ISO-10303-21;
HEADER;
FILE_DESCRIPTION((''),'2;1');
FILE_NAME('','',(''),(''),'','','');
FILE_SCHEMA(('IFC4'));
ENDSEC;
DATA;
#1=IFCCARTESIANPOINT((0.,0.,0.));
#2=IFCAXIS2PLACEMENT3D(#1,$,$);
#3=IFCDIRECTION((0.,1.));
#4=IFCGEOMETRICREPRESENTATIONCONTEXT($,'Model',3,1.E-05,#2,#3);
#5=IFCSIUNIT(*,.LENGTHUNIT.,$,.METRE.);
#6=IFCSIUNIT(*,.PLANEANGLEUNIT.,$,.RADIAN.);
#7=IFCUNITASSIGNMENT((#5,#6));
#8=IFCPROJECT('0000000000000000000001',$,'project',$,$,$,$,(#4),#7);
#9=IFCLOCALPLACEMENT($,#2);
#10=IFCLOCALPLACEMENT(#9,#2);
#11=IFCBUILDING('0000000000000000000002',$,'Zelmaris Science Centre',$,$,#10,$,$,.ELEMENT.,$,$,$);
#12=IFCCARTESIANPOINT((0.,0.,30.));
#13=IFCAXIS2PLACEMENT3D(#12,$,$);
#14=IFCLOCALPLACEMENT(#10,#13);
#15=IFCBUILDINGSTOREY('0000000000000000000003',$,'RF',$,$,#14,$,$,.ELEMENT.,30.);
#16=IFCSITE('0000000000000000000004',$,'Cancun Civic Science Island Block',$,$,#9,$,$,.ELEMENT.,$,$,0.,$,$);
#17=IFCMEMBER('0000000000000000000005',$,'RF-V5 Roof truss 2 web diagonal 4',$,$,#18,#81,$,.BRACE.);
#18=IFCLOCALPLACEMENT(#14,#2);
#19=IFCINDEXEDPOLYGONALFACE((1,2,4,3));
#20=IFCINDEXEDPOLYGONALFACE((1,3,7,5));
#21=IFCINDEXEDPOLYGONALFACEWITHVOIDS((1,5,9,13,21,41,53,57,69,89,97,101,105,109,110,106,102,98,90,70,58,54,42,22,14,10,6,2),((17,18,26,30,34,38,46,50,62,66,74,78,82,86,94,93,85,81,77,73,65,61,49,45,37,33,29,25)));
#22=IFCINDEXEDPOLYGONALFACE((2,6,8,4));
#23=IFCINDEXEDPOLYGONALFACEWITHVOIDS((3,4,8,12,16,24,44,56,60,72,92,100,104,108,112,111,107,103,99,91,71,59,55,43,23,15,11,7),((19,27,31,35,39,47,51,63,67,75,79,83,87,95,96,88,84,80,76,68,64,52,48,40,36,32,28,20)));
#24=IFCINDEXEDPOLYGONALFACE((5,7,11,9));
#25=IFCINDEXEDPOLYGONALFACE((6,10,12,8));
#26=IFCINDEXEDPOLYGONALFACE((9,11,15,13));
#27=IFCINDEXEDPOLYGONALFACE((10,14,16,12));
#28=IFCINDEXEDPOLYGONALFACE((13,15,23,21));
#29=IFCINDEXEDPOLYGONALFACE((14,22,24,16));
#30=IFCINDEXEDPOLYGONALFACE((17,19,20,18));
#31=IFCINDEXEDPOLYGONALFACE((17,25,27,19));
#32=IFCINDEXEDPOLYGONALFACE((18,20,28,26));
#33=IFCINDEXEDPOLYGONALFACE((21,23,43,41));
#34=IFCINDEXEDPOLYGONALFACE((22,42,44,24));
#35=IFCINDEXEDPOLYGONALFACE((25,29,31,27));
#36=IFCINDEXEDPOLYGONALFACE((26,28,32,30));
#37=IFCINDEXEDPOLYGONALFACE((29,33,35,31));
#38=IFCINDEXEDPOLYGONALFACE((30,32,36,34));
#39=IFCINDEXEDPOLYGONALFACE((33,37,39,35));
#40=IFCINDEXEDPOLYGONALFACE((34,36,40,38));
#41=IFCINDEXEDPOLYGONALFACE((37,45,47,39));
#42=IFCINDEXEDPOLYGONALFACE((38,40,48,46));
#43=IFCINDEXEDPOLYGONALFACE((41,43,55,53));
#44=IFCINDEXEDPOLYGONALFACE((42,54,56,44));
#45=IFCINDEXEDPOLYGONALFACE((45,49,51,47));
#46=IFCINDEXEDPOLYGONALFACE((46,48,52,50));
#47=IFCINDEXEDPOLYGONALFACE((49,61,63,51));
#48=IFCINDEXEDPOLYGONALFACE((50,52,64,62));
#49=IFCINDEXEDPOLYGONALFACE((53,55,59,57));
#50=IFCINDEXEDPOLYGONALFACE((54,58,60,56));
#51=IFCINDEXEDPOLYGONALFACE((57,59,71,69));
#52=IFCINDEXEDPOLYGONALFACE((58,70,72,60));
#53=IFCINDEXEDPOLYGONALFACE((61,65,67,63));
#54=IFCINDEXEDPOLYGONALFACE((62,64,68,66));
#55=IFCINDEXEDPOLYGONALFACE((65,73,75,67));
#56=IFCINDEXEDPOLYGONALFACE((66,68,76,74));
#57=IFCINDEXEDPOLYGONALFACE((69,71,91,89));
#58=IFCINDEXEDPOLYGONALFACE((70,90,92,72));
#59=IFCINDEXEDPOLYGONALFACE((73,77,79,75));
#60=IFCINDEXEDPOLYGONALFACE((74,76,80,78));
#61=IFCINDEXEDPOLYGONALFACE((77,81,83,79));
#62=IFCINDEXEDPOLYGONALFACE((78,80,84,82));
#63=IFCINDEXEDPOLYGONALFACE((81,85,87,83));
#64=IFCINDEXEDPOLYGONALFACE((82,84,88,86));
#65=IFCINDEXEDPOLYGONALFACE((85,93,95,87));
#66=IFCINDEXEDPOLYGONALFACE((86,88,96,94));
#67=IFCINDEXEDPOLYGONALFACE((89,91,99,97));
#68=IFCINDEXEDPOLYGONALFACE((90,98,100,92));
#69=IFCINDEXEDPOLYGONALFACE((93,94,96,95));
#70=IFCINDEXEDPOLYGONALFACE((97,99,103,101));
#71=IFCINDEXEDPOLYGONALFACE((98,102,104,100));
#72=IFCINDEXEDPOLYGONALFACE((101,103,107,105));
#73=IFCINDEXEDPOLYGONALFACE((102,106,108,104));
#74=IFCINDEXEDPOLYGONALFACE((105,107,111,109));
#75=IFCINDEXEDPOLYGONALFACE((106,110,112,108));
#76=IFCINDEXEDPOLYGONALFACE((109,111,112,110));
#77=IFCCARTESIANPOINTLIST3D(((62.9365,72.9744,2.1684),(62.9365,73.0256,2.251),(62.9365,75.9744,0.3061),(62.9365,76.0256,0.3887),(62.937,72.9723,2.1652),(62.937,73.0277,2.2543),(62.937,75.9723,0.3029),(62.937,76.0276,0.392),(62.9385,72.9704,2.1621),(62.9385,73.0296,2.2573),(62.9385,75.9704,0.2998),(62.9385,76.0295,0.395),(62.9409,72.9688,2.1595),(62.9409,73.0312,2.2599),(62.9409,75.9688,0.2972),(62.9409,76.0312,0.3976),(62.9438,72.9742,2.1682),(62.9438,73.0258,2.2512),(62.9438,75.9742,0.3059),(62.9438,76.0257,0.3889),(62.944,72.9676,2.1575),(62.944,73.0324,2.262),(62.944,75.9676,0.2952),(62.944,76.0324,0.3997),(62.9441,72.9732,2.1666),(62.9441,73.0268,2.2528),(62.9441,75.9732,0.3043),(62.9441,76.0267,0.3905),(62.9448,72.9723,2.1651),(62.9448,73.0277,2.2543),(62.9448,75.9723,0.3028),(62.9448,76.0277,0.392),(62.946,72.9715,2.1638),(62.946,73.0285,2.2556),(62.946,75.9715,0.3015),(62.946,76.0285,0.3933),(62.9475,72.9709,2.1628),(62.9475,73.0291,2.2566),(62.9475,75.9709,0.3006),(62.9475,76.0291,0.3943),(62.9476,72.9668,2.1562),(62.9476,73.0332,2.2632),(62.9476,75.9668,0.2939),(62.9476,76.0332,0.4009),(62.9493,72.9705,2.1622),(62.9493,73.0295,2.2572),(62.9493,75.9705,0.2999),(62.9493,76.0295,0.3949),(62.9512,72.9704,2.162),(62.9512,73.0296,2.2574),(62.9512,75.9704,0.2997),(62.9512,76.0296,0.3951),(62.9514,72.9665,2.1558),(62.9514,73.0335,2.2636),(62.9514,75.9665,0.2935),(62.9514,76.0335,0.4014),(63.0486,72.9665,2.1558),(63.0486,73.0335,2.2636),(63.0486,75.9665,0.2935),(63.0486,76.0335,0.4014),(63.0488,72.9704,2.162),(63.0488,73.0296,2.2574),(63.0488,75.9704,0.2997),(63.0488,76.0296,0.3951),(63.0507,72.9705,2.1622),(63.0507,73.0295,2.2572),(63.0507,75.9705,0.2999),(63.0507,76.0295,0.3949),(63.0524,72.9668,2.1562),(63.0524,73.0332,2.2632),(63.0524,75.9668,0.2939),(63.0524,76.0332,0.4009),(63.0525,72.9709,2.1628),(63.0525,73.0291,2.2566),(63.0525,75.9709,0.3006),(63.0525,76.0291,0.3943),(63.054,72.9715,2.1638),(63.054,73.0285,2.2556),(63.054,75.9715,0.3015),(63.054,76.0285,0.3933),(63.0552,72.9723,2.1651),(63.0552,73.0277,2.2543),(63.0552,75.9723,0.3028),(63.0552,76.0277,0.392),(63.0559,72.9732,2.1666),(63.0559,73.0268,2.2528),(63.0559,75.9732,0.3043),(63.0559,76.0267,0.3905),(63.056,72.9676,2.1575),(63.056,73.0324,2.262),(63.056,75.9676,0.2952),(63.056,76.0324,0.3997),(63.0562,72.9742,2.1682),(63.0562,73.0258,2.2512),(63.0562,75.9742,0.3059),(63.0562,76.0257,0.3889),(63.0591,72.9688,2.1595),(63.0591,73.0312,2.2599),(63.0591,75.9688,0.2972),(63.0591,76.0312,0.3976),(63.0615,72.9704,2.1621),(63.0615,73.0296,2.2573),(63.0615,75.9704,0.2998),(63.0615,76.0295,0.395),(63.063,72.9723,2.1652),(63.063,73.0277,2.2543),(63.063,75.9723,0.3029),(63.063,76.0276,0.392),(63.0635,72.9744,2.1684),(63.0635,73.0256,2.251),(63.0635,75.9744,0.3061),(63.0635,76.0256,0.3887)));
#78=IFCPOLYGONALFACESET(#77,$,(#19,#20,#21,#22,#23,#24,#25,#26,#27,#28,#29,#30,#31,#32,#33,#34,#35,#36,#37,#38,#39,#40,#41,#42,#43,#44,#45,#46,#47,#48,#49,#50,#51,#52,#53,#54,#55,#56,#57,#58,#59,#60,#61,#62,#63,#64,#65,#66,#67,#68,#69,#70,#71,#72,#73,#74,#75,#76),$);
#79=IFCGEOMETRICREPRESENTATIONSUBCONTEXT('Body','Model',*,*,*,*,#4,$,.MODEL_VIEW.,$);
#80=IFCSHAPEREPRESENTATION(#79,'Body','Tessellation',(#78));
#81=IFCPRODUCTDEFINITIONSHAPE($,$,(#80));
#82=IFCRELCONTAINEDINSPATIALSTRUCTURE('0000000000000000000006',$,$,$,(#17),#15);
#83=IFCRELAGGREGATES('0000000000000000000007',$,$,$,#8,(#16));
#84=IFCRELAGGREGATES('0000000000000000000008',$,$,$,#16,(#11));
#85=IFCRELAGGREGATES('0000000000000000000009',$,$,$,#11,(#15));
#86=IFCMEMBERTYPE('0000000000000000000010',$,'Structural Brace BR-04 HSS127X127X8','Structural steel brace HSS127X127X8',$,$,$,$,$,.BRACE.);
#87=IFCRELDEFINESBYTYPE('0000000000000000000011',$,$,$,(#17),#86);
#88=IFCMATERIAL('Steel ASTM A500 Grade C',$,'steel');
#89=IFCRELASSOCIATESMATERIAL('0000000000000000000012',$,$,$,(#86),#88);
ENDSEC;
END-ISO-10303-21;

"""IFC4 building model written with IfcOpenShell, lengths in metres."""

from ifc_helpers import new_model, si_unit, direction, frame, origin, origin_2d, place, context, subcontext, project, spatial, hollow_rectangle, extrude, material, material_profile, profile_set, type_object, element, save


model = new_model("IFC4")

# Units and contexts
model_context = context("Model", 3, precision=1e-05, world=origin(), true_north=direction((0.0, 1.0)))
body_context = subcontext(model_context, "Body", "Model", "MODEL_VIEW")
ifc_project = project(units=[si_unit("LENGTHUNIT", "METRE"), si_unit("PLANEANGLEUNIT", "RADIAN")], contexts=[model_context])

# Site, building, storey
site_placement = place(None, origin())
site = spatial("IfcSite", under=ifc_project, at=site_placement, Name="Cancun Civic Science Island Block", CompositionType="ELEMENT", RefElevation=0.0)
building_placement = place(site_placement, origin())
building = spatial("IfcBuilding", under=site, at=building_placement, Name="Zelmaris Science Centre", CompositionType="ELEMENT")
storey_placement = place(building_placement, frame((0.0, 0.0, 30.0)))
storey = spatial("IfcBuildingStorey", under=building, at=storey_placement, Name="RF", CompositionType="ELEMENT", Elevation=30.0)

# Shared definitions
ifc_material_1 = material(Name="Steel ASTM A500 Grade C", Category="steel")

# Member
ifc_material_profile_1 = material_profile(ifc_material_1, hollow_rectangle(XDim=0.127, YDim=0.127, WallThickness=0.0073, InnerFilletRadius=0.0073, OuterFilletRadius=0.0149, at=origin_2d()), Name="HSS127X127X8")
ifc_profile_set_1 = profile_set([ifc_material_profile_1], Name="Steel ASTM A500 Grade C")
member_type_1 = type_object("IfcMemberType", Name="Structural Brace BR-04 HSS127X127X8", Description="Structural steel brace HSS127X127X8", PredefinedType="BRACE", material=ifc_profile_set_1)
for number, where, z_axis, x_axis, name in (
    (1, (63.0, 73.0, 2.2097), (0.0, 0.84961, -0.527411), (-1.0, 0.0, 0.0), "RF-V5 Roof truss 2 web diagonal 4"),
):
    element("IfcMember", number, at=place(storey_placement, frame(where, z_axis=z_axis, x_axis=x_axis)), inside=storey, type_object=member_type_1, Name=name, PredefinedType="BRACE", context=body_context, shape_type="SweptSolid", body=[
        extrude(hollow_rectangle(XDim=0.127, YDim=0.127, WallThickness=0.0073, InnerFilletRadius=0.0073, OuterFilletRadius=0.0149, at=origin_2d()), origin(), (0.0, 0.0, 1.0), 3.531),
    ])

save(model, "model.ifc")
